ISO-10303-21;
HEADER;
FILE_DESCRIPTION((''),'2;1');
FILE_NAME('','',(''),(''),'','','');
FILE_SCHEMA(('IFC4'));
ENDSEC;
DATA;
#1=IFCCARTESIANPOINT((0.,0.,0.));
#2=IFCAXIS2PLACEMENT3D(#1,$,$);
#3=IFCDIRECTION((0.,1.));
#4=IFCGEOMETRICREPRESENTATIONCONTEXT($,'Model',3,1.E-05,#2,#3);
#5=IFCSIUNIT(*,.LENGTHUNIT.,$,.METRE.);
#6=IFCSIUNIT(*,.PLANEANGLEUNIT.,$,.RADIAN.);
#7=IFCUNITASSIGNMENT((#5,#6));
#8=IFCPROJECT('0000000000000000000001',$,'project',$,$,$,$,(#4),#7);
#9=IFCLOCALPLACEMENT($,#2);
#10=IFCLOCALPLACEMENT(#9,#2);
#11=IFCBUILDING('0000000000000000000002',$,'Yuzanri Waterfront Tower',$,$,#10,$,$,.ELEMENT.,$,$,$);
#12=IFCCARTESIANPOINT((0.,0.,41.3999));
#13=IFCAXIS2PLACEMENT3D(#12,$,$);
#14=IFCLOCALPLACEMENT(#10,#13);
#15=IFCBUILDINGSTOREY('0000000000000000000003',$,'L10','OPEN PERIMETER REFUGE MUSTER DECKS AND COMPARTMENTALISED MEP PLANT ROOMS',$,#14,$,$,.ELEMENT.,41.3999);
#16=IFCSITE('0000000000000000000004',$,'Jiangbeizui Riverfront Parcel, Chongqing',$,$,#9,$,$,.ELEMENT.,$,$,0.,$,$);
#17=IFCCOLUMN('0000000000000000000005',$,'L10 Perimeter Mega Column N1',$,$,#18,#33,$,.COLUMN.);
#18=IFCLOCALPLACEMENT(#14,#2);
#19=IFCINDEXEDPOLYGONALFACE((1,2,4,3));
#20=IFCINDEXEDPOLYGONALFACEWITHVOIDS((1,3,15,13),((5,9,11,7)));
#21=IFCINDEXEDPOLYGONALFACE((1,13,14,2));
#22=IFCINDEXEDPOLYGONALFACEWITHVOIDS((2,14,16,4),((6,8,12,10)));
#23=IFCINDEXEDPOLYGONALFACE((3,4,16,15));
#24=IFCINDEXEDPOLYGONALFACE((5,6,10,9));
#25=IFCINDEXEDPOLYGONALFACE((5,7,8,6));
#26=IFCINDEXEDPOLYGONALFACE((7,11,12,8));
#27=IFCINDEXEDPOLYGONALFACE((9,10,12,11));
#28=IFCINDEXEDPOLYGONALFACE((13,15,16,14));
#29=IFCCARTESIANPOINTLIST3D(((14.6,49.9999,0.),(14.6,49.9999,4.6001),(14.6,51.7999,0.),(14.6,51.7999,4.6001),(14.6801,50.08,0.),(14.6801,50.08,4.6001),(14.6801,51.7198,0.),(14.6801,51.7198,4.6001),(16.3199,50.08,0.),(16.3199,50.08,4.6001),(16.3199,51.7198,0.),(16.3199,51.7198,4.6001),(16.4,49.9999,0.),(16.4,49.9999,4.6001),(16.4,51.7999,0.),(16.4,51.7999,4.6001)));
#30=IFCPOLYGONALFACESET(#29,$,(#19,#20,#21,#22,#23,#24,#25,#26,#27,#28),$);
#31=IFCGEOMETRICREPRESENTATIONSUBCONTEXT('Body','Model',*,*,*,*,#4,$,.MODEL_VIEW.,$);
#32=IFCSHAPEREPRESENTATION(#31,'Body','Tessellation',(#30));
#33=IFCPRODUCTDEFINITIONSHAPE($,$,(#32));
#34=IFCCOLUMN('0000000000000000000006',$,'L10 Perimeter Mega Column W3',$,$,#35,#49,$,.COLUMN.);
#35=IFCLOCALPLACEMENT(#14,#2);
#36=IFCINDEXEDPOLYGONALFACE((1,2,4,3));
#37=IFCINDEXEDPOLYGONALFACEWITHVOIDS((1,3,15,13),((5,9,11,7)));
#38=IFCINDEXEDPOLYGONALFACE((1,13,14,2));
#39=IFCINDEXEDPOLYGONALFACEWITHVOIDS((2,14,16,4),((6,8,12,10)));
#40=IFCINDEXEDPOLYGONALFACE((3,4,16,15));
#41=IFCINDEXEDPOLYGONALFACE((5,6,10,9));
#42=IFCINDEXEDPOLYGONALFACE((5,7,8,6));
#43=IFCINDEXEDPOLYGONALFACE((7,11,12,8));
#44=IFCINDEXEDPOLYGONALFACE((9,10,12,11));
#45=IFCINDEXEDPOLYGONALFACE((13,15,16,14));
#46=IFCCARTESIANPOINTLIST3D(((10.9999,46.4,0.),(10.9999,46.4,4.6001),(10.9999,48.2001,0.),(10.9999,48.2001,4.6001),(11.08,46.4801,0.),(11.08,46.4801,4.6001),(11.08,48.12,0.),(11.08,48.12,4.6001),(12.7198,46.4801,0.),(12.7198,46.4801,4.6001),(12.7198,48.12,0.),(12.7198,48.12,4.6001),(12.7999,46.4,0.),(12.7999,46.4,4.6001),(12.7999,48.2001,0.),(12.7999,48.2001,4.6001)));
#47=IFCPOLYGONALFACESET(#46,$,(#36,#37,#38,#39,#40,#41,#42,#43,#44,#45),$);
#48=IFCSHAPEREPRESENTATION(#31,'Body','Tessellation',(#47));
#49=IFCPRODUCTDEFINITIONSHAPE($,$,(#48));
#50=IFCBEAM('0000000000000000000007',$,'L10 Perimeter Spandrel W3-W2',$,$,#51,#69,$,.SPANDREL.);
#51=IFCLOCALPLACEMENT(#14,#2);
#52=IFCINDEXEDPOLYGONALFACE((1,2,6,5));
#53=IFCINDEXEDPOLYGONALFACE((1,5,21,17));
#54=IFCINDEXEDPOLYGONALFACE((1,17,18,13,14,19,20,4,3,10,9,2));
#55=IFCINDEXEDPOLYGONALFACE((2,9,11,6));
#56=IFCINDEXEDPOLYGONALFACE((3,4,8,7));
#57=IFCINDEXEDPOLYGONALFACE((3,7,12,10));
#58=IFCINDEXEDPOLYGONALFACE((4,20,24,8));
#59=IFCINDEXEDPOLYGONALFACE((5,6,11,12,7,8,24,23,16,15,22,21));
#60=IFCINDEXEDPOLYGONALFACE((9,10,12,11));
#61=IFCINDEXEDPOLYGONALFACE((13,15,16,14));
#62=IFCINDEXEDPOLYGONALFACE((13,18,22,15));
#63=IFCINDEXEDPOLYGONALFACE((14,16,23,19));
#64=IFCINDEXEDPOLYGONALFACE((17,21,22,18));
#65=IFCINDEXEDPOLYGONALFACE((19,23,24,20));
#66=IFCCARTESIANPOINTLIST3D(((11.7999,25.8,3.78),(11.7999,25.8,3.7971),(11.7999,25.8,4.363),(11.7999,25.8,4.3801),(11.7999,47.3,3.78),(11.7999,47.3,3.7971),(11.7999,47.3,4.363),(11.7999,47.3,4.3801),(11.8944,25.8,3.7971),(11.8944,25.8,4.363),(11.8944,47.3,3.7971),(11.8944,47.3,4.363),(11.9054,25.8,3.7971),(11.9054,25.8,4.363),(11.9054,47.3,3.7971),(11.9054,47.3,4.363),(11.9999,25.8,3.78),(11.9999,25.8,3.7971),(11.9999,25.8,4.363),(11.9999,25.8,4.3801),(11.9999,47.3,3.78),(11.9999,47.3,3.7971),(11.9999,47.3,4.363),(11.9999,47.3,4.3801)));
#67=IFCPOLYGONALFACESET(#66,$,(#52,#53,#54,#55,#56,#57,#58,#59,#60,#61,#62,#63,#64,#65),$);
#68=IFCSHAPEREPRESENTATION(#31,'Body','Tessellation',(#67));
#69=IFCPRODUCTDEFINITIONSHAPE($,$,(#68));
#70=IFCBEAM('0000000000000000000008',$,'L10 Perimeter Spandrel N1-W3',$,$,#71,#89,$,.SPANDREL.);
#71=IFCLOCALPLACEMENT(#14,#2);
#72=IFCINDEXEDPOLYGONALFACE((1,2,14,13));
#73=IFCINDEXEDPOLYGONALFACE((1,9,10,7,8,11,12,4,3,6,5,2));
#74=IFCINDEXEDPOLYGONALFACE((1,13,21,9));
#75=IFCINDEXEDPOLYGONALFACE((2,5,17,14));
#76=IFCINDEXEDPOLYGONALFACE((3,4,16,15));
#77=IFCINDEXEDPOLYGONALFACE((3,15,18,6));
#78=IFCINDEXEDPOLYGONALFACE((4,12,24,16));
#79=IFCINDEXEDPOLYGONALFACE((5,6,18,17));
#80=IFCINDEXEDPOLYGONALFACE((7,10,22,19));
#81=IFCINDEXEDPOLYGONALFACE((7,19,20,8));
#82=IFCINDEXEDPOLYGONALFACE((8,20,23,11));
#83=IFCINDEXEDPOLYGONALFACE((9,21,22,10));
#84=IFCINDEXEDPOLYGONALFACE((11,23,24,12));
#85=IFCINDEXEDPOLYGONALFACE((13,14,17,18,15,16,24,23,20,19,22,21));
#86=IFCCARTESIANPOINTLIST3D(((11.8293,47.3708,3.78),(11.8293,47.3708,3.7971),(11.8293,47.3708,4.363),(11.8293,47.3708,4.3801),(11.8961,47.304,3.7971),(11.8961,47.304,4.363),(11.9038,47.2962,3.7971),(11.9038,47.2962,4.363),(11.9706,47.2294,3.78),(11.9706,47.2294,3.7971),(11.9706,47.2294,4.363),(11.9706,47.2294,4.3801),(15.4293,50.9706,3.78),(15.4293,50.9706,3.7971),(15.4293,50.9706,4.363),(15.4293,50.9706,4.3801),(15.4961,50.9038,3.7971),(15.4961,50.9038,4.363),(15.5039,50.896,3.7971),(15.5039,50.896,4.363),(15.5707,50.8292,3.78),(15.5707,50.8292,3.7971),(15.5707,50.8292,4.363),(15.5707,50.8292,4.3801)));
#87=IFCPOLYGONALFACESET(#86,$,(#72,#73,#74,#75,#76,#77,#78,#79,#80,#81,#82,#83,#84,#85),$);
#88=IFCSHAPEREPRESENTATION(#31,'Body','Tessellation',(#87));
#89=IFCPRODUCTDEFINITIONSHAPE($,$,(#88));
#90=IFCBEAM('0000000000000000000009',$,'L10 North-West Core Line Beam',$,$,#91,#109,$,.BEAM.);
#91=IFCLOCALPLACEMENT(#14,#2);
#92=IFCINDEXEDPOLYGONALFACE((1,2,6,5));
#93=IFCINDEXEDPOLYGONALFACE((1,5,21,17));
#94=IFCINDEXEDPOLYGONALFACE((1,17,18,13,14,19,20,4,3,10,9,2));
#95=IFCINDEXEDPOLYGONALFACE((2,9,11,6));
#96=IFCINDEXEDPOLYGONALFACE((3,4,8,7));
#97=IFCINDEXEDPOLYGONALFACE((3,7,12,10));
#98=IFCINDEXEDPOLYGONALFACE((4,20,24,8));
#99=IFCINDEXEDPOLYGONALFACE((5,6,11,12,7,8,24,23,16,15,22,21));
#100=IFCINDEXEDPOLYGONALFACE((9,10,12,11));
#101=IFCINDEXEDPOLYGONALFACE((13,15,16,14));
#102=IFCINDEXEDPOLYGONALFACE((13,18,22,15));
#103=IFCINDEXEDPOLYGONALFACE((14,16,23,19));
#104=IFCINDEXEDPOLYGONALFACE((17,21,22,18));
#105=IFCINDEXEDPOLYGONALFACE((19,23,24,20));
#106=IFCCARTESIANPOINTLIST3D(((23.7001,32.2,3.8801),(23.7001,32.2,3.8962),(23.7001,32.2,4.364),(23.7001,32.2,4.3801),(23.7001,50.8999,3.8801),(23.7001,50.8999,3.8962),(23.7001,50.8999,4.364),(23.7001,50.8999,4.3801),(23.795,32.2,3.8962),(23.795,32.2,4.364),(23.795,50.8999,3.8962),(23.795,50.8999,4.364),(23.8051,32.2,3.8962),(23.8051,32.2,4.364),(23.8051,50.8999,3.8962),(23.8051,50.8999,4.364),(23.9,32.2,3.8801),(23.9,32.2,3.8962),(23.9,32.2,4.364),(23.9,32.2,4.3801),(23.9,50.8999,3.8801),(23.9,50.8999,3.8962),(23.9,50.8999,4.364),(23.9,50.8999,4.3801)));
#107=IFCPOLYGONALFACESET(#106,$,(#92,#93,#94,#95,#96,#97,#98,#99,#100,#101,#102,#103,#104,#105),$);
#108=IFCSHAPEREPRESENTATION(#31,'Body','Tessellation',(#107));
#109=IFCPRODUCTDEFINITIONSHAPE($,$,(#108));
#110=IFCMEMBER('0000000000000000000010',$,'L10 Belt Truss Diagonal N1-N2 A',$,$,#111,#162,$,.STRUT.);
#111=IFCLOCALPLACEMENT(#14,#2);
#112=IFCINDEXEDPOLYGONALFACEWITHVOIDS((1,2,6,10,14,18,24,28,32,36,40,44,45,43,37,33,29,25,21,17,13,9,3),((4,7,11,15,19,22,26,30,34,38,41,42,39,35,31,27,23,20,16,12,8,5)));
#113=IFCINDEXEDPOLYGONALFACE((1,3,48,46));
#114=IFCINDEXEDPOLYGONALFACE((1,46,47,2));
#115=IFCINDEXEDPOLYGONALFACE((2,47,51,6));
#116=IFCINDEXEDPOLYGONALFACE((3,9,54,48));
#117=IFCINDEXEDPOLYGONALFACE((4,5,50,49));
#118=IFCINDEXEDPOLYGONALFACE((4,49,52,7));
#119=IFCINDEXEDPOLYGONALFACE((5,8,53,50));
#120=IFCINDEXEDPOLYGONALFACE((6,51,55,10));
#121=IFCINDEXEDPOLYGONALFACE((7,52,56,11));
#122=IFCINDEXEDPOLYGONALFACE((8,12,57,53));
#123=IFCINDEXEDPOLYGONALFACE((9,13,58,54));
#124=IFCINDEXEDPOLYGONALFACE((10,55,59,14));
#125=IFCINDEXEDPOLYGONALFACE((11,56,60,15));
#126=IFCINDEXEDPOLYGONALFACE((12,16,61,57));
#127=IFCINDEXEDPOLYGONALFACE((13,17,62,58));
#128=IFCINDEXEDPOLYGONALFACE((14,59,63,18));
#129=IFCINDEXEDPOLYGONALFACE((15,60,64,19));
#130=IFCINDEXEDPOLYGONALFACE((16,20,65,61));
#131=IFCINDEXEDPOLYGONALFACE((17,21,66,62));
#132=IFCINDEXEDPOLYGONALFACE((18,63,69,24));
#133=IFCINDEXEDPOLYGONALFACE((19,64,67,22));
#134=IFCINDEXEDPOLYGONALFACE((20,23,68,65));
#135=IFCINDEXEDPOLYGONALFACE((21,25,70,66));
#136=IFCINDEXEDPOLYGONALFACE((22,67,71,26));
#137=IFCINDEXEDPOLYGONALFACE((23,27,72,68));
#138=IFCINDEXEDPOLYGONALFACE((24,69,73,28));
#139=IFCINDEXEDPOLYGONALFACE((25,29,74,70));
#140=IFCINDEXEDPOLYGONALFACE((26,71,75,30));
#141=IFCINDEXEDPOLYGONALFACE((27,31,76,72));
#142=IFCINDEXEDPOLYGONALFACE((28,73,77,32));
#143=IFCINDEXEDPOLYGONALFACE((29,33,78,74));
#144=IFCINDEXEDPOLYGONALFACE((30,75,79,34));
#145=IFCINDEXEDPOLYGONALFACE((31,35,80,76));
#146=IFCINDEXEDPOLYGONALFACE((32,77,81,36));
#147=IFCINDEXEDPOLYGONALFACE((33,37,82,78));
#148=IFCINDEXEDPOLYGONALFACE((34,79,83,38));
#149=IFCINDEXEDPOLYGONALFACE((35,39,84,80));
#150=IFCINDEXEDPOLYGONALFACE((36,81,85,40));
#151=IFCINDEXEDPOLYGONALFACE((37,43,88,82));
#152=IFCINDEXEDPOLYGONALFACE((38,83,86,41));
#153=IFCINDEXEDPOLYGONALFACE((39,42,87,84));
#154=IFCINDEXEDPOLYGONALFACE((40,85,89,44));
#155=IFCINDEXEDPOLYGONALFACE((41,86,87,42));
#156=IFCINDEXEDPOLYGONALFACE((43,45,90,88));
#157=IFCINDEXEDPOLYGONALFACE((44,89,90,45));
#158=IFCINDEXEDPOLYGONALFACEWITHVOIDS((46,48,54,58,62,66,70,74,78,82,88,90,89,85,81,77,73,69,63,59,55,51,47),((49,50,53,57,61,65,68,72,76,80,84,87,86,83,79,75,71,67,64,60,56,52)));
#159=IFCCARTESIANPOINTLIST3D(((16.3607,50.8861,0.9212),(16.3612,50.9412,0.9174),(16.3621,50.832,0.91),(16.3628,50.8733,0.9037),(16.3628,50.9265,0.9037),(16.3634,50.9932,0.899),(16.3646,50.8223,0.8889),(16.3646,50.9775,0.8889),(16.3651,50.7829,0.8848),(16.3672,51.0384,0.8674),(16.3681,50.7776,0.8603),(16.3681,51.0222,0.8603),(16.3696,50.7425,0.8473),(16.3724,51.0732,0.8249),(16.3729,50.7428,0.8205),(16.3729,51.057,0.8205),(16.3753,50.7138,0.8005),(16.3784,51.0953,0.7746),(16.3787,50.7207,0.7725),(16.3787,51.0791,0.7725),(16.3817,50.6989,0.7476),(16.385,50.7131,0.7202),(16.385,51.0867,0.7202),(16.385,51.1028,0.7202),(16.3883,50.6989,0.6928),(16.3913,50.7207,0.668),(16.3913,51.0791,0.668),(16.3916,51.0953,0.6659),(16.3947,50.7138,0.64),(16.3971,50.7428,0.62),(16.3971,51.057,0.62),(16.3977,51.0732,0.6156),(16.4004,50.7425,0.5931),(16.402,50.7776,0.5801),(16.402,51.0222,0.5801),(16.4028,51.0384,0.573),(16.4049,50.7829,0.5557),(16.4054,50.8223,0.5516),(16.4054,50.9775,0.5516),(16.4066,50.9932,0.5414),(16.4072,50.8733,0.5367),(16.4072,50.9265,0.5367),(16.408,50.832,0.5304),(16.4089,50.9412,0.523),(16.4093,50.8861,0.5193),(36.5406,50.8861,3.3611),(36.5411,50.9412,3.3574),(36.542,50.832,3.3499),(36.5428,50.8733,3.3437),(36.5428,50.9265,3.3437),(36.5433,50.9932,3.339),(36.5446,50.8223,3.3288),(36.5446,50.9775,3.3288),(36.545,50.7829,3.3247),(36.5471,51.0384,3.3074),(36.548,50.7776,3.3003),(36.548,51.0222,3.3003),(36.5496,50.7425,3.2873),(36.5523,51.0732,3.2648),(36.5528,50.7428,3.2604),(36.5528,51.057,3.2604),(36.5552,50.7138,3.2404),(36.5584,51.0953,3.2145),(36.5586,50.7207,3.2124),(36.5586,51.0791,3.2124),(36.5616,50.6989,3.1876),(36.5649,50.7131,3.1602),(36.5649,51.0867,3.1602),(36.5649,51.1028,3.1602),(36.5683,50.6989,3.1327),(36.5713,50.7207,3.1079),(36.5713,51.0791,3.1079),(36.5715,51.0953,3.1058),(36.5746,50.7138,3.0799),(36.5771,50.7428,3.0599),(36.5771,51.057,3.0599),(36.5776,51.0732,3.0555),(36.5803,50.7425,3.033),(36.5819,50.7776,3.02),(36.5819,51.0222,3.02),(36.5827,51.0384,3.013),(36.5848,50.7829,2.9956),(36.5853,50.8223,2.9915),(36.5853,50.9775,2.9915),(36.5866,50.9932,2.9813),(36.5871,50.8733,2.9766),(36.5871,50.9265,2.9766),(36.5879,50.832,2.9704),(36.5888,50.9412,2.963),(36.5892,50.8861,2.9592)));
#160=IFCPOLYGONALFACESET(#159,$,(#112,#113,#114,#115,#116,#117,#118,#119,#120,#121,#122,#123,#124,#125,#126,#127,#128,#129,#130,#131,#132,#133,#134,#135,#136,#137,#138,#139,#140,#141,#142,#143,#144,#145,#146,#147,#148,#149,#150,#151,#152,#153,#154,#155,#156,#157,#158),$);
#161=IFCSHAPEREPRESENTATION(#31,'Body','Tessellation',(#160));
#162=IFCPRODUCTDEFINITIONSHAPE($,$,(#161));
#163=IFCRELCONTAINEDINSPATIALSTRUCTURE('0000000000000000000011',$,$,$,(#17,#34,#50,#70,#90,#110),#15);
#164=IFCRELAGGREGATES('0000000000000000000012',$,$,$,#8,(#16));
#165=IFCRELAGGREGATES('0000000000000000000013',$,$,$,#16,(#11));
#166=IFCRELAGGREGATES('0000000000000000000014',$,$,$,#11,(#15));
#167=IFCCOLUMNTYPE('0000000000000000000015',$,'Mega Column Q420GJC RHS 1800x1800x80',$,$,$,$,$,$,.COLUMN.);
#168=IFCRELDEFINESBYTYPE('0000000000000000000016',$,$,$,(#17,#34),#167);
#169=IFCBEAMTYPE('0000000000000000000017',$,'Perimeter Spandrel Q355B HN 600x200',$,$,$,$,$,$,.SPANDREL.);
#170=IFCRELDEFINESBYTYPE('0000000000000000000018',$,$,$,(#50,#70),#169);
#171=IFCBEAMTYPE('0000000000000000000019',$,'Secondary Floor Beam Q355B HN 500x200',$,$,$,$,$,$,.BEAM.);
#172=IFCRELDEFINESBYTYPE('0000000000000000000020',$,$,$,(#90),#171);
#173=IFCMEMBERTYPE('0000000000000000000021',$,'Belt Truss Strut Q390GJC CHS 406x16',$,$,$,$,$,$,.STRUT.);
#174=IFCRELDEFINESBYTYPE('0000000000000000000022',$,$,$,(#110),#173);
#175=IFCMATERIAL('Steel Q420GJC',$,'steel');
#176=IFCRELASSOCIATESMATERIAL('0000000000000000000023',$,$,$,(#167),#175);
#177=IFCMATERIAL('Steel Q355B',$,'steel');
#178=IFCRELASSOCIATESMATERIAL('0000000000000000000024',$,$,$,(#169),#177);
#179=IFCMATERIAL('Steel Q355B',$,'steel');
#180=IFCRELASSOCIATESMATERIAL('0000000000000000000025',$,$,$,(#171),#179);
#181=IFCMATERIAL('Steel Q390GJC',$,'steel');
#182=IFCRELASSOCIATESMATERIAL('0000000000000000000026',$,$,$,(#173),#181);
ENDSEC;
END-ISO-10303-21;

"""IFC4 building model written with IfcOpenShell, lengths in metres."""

from ifc_helpers import new_model, si_unit, direction, frame, origin, origin_2d, place, context, subcontext, project, spatial, hollow_rectangle, hollow_circle, i_section, extrude, source, transform, mapped, material, material_profile, profile_set, type_object, element, save


model = new_model("IFC4")

# Units and contexts
model_context = context("Model", 3, precision=1e-05, world=origin(), true_north=direction((0.0, 1.0)))
body_context = subcontext(model_context, "Body", "Model", "MODEL_VIEW")
ifc_project = project(units=[si_unit("LENGTHUNIT", "METRE"), si_unit("PLANEANGLEUNIT", "RADIAN")], contexts=[model_context])

# Site, building, storey
site_placement = place(None, origin())
site = spatial("IfcSite", under=ifc_project, at=site_placement, Name="Jiangbeizui Riverfront Parcel, Chongqing", CompositionType="ELEMENT", RefElevation=0.0)
building_placement = place(site_placement, origin())
building = spatial("IfcBuilding", under=site, at=building_placement, Name="Yuzanri Waterfront Tower", CompositionType="ELEMENT")
storey_placement = place(building_placement, frame((0.0, 0.0, 41.3999)))
storey = spatial("IfcBuildingStorey", under=building, at=storey_placement, Name="L10", Description="OPEN PERIMETER REFUGE MUSTER DECKS AND COMPARTMENTALISED MEP PLANT ROOMS", CompositionType="ELEMENT", Elevation=41.3999)

# Columns
ifc_material_1 = material(Name="Steel Q420GJC", Category="steel")
ifc_material_profile_1 = material_profile(ifc_material_1, hollow_rectangle(XDim=1.8, YDim=1.8, WallThickness=0.0801, at=origin_2d()), Name="RHS 1800x1800x80")
ifc_profile_set_1 = profile_set([ifc_material_profile_1], Name="Steel Q420GJC")
column_type = type_object("IfcColumnType", Name="Mega Column Q420GJC RHS 1800x1800x80", PredefinedType="COLUMN", material=ifc_profile_set_1)
shared_shape_1 = source(origin(), body_context, "Body", "SweptSolid", [
    extrude(hollow_rectangle(XDim=1.8, YDim=1.8, WallThickness=0.0801, at=origin_2d()), origin(), (0.0, 0.0, 1.0), 4.6001),
])
for number, where, z_axis, x_axis, name in (
    (1, (15.5, 50.8999, 0.0), (0.0, 0.0, 1.0), (1.0, 0.0, 0.0), "L10 Perimeter Mega Column N1"),
    (2, (11.8999, 47.3, 0.0), (0.0, 0.0, 1.0), (1.0, 0.0, 0.0), "L10 Perimeter Mega Column W3"),
):
    element("IfcColumn", number, at=place(storey_placement, frame(where, z_axis=z_axis, x_axis=x_axis)), inside=storey, type_object=column_type, Name=name, PredefinedType="COLUMN", context=body_context, shape_type="MappedRepresentation", body=[
        mapped(shared_shape_1, transform((0.0, 0.0, 0.0), scale=1.0)),
    ])

# Beams
ifc_material_2 = material(Name="Steel Q355B", Category="steel")
ifc_material_profile_2 = material_profile(ifc_material_2, i_section(OverallWidth=0.2, OverallDepth=0.6001, WebThickness=0.011, FlangeThickness=0.0171, at=origin_2d()), Name="HN 600x200x11x17")
ifc_profile_set_2 = profile_set([ifc_material_profile_2], Name="Steel Q355B")
beam_type_1 = type_object("IfcBeamType", Name="Perimeter Spandrel Q355B HN 600x200", PredefinedType="SPANDREL", material=ifc_profile_set_2)
shared_shape_2 = source(origin(), body_context, "Body", "SweptSolid", [
    extrude(i_section(OverallWidth=0.2, OverallDepth=0.6001, WebThickness=0.011, FlangeThickness=0.0171, at=origin_2d()), origin(), (0.0, 0.0, 1.0), 21.5),
])
beam_1_placement = place(storey_placement, frame((11.8999, 47.3, 4.0801), z_axis=(0.0, -1.0, 0.0), x_axis=(1.0, 0.0, 0.0)))
element("IfcBeam", 3, at=beam_1_placement, inside=storey, type_object=beam_type_1, Name="L10 Perimeter Spandrel W3-W2", PredefinedType="SPANDREL", context=body_context, shape_type="MappedRepresentation", body=[
    mapped(shared_shape_2, transform((0.0, 0.0, 0.0), scale=1.0)),
])
shared_shape_3 = source(origin(), body_context, "Body", "SweptSolid", [
    extrude(i_section(OverallWidth=0.2, OverallDepth=0.6001, WebThickness=0.011, FlangeThickness=0.0171, at=origin_2d()), origin(), (0.0, 0.0, 1.0), 5.0911),
])
beam_2_placement = place(storey_placement, frame((15.5, 50.8999, 4.0801), z_axis=(-0.707131, -0.707083, 0.0), x_axis=(0.707083, -0.707131, 0.0)))
element("IfcBeam", 4, at=beam_2_placement, inside=storey, type_object=beam_type_1, Name="L10 Perimeter Spandrel N1-W3", PredefinedType="SPANDREL", context=body_context, shape_type="MappedRepresentation", body=[
    mapped(shared_shape_3, transform((0.0, 0.0, 0.0), scale=1.0)),
])
ifc_material_3 = material(Name="Steel Q355B", Category="steel")
ifc_material_profile_3 = material_profile(ifc_material_3, i_section(OverallWidth=0.2, OverallDepth=0.5, WebThickness=0.01, FlangeThickness=0.0161, at=origin_2d()), Name="HN 500x200x10x16")
ifc_profile_set_3 = profile_set([ifc_material_profile_3], Name="Steel Q355B")
beam_type_2 = type_object("IfcBeamType", Name="Secondary Floor Beam Q355B HN 500x200", PredefinedType="BEAM", material=ifc_profile_set_3)
shared_shape_4 = source(origin(), body_context, "Body", "SweptSolid", [
    extrude(i_section(OverallWidth=0.2, OverallDepth=0.5, WebThickness=0.01, FlangeThickness=0.0161, at=origin_2d()), origin(), (0.0, 0.0, 1.0), 18.7),
])
beam_3_placement = place(storey_placement, frame((23.8, 32.2, 4.1301), z_axis=(0.0, 1.0, 0.0), x_axis=(-1.0, 0.0, 0.0)))
element("IfcBeam", 5, at=beam_3_placement, inside=storey, type_object=beam_type_2, Name="L10 North-West Core Line Beam", PredefinedType="BEAM", context=body_context, shape_type="MappedRepresentation", body=[
    mapped(shared_shape_4, transform((0.0, 0.0, 0.0), scale=1.0)),
])

# Member
ifc_material_4 = material(Name="Steel Q390GJC", Category="steel")
ifc_material_profile_4 = material_profile(ifc_material_4, hollow_circle(Radius=0.2029, WallThickness=0.0161, at=origin_2d()), Name="CHS 406x16")
ifc_profile_set_4 = profile_set([ifc_material_profile_4], Name="Steel Q390GJC")
member_type = type_object("IfcMemberType", Name="Belt Truss Strut Q390GJC CHS 406x16", PredefinedType="STRUT", material=ifc_profile_set_4)
shared_shape_5 = source(origin(), body_context, "Body", "SweptSolid", [
    extrude(hollow_circle(Radius=0.2029, WallThickness=0.0161, at=origin_2d()), origin(), (0.0, 0.0, 1.0), 20.3269),
])
for number, where, z_axis, x_axis, name in (
    (6, (16.385, 50.8999, 0.7202), (0.99277, 0.0, 0.120035), (0.0, 1.0, 0.0), "L10 Belt Truss Diagonal N1-N2 A"),
):
    element("IfcMember", number, at=place(storey_placement, frame(where, z_axis=z_axis, x_axis=x_axis)), inside=storey, type_object=member_type, Name=name, PredefinedType="STRUT", context=body_context, shape_type="MappedRepresentation", body=[
        mapped(shared_shape_5, transform((0.0, 0.0, 0.0), scale=1.0)),
    ])

save(model, "model.ifc")
